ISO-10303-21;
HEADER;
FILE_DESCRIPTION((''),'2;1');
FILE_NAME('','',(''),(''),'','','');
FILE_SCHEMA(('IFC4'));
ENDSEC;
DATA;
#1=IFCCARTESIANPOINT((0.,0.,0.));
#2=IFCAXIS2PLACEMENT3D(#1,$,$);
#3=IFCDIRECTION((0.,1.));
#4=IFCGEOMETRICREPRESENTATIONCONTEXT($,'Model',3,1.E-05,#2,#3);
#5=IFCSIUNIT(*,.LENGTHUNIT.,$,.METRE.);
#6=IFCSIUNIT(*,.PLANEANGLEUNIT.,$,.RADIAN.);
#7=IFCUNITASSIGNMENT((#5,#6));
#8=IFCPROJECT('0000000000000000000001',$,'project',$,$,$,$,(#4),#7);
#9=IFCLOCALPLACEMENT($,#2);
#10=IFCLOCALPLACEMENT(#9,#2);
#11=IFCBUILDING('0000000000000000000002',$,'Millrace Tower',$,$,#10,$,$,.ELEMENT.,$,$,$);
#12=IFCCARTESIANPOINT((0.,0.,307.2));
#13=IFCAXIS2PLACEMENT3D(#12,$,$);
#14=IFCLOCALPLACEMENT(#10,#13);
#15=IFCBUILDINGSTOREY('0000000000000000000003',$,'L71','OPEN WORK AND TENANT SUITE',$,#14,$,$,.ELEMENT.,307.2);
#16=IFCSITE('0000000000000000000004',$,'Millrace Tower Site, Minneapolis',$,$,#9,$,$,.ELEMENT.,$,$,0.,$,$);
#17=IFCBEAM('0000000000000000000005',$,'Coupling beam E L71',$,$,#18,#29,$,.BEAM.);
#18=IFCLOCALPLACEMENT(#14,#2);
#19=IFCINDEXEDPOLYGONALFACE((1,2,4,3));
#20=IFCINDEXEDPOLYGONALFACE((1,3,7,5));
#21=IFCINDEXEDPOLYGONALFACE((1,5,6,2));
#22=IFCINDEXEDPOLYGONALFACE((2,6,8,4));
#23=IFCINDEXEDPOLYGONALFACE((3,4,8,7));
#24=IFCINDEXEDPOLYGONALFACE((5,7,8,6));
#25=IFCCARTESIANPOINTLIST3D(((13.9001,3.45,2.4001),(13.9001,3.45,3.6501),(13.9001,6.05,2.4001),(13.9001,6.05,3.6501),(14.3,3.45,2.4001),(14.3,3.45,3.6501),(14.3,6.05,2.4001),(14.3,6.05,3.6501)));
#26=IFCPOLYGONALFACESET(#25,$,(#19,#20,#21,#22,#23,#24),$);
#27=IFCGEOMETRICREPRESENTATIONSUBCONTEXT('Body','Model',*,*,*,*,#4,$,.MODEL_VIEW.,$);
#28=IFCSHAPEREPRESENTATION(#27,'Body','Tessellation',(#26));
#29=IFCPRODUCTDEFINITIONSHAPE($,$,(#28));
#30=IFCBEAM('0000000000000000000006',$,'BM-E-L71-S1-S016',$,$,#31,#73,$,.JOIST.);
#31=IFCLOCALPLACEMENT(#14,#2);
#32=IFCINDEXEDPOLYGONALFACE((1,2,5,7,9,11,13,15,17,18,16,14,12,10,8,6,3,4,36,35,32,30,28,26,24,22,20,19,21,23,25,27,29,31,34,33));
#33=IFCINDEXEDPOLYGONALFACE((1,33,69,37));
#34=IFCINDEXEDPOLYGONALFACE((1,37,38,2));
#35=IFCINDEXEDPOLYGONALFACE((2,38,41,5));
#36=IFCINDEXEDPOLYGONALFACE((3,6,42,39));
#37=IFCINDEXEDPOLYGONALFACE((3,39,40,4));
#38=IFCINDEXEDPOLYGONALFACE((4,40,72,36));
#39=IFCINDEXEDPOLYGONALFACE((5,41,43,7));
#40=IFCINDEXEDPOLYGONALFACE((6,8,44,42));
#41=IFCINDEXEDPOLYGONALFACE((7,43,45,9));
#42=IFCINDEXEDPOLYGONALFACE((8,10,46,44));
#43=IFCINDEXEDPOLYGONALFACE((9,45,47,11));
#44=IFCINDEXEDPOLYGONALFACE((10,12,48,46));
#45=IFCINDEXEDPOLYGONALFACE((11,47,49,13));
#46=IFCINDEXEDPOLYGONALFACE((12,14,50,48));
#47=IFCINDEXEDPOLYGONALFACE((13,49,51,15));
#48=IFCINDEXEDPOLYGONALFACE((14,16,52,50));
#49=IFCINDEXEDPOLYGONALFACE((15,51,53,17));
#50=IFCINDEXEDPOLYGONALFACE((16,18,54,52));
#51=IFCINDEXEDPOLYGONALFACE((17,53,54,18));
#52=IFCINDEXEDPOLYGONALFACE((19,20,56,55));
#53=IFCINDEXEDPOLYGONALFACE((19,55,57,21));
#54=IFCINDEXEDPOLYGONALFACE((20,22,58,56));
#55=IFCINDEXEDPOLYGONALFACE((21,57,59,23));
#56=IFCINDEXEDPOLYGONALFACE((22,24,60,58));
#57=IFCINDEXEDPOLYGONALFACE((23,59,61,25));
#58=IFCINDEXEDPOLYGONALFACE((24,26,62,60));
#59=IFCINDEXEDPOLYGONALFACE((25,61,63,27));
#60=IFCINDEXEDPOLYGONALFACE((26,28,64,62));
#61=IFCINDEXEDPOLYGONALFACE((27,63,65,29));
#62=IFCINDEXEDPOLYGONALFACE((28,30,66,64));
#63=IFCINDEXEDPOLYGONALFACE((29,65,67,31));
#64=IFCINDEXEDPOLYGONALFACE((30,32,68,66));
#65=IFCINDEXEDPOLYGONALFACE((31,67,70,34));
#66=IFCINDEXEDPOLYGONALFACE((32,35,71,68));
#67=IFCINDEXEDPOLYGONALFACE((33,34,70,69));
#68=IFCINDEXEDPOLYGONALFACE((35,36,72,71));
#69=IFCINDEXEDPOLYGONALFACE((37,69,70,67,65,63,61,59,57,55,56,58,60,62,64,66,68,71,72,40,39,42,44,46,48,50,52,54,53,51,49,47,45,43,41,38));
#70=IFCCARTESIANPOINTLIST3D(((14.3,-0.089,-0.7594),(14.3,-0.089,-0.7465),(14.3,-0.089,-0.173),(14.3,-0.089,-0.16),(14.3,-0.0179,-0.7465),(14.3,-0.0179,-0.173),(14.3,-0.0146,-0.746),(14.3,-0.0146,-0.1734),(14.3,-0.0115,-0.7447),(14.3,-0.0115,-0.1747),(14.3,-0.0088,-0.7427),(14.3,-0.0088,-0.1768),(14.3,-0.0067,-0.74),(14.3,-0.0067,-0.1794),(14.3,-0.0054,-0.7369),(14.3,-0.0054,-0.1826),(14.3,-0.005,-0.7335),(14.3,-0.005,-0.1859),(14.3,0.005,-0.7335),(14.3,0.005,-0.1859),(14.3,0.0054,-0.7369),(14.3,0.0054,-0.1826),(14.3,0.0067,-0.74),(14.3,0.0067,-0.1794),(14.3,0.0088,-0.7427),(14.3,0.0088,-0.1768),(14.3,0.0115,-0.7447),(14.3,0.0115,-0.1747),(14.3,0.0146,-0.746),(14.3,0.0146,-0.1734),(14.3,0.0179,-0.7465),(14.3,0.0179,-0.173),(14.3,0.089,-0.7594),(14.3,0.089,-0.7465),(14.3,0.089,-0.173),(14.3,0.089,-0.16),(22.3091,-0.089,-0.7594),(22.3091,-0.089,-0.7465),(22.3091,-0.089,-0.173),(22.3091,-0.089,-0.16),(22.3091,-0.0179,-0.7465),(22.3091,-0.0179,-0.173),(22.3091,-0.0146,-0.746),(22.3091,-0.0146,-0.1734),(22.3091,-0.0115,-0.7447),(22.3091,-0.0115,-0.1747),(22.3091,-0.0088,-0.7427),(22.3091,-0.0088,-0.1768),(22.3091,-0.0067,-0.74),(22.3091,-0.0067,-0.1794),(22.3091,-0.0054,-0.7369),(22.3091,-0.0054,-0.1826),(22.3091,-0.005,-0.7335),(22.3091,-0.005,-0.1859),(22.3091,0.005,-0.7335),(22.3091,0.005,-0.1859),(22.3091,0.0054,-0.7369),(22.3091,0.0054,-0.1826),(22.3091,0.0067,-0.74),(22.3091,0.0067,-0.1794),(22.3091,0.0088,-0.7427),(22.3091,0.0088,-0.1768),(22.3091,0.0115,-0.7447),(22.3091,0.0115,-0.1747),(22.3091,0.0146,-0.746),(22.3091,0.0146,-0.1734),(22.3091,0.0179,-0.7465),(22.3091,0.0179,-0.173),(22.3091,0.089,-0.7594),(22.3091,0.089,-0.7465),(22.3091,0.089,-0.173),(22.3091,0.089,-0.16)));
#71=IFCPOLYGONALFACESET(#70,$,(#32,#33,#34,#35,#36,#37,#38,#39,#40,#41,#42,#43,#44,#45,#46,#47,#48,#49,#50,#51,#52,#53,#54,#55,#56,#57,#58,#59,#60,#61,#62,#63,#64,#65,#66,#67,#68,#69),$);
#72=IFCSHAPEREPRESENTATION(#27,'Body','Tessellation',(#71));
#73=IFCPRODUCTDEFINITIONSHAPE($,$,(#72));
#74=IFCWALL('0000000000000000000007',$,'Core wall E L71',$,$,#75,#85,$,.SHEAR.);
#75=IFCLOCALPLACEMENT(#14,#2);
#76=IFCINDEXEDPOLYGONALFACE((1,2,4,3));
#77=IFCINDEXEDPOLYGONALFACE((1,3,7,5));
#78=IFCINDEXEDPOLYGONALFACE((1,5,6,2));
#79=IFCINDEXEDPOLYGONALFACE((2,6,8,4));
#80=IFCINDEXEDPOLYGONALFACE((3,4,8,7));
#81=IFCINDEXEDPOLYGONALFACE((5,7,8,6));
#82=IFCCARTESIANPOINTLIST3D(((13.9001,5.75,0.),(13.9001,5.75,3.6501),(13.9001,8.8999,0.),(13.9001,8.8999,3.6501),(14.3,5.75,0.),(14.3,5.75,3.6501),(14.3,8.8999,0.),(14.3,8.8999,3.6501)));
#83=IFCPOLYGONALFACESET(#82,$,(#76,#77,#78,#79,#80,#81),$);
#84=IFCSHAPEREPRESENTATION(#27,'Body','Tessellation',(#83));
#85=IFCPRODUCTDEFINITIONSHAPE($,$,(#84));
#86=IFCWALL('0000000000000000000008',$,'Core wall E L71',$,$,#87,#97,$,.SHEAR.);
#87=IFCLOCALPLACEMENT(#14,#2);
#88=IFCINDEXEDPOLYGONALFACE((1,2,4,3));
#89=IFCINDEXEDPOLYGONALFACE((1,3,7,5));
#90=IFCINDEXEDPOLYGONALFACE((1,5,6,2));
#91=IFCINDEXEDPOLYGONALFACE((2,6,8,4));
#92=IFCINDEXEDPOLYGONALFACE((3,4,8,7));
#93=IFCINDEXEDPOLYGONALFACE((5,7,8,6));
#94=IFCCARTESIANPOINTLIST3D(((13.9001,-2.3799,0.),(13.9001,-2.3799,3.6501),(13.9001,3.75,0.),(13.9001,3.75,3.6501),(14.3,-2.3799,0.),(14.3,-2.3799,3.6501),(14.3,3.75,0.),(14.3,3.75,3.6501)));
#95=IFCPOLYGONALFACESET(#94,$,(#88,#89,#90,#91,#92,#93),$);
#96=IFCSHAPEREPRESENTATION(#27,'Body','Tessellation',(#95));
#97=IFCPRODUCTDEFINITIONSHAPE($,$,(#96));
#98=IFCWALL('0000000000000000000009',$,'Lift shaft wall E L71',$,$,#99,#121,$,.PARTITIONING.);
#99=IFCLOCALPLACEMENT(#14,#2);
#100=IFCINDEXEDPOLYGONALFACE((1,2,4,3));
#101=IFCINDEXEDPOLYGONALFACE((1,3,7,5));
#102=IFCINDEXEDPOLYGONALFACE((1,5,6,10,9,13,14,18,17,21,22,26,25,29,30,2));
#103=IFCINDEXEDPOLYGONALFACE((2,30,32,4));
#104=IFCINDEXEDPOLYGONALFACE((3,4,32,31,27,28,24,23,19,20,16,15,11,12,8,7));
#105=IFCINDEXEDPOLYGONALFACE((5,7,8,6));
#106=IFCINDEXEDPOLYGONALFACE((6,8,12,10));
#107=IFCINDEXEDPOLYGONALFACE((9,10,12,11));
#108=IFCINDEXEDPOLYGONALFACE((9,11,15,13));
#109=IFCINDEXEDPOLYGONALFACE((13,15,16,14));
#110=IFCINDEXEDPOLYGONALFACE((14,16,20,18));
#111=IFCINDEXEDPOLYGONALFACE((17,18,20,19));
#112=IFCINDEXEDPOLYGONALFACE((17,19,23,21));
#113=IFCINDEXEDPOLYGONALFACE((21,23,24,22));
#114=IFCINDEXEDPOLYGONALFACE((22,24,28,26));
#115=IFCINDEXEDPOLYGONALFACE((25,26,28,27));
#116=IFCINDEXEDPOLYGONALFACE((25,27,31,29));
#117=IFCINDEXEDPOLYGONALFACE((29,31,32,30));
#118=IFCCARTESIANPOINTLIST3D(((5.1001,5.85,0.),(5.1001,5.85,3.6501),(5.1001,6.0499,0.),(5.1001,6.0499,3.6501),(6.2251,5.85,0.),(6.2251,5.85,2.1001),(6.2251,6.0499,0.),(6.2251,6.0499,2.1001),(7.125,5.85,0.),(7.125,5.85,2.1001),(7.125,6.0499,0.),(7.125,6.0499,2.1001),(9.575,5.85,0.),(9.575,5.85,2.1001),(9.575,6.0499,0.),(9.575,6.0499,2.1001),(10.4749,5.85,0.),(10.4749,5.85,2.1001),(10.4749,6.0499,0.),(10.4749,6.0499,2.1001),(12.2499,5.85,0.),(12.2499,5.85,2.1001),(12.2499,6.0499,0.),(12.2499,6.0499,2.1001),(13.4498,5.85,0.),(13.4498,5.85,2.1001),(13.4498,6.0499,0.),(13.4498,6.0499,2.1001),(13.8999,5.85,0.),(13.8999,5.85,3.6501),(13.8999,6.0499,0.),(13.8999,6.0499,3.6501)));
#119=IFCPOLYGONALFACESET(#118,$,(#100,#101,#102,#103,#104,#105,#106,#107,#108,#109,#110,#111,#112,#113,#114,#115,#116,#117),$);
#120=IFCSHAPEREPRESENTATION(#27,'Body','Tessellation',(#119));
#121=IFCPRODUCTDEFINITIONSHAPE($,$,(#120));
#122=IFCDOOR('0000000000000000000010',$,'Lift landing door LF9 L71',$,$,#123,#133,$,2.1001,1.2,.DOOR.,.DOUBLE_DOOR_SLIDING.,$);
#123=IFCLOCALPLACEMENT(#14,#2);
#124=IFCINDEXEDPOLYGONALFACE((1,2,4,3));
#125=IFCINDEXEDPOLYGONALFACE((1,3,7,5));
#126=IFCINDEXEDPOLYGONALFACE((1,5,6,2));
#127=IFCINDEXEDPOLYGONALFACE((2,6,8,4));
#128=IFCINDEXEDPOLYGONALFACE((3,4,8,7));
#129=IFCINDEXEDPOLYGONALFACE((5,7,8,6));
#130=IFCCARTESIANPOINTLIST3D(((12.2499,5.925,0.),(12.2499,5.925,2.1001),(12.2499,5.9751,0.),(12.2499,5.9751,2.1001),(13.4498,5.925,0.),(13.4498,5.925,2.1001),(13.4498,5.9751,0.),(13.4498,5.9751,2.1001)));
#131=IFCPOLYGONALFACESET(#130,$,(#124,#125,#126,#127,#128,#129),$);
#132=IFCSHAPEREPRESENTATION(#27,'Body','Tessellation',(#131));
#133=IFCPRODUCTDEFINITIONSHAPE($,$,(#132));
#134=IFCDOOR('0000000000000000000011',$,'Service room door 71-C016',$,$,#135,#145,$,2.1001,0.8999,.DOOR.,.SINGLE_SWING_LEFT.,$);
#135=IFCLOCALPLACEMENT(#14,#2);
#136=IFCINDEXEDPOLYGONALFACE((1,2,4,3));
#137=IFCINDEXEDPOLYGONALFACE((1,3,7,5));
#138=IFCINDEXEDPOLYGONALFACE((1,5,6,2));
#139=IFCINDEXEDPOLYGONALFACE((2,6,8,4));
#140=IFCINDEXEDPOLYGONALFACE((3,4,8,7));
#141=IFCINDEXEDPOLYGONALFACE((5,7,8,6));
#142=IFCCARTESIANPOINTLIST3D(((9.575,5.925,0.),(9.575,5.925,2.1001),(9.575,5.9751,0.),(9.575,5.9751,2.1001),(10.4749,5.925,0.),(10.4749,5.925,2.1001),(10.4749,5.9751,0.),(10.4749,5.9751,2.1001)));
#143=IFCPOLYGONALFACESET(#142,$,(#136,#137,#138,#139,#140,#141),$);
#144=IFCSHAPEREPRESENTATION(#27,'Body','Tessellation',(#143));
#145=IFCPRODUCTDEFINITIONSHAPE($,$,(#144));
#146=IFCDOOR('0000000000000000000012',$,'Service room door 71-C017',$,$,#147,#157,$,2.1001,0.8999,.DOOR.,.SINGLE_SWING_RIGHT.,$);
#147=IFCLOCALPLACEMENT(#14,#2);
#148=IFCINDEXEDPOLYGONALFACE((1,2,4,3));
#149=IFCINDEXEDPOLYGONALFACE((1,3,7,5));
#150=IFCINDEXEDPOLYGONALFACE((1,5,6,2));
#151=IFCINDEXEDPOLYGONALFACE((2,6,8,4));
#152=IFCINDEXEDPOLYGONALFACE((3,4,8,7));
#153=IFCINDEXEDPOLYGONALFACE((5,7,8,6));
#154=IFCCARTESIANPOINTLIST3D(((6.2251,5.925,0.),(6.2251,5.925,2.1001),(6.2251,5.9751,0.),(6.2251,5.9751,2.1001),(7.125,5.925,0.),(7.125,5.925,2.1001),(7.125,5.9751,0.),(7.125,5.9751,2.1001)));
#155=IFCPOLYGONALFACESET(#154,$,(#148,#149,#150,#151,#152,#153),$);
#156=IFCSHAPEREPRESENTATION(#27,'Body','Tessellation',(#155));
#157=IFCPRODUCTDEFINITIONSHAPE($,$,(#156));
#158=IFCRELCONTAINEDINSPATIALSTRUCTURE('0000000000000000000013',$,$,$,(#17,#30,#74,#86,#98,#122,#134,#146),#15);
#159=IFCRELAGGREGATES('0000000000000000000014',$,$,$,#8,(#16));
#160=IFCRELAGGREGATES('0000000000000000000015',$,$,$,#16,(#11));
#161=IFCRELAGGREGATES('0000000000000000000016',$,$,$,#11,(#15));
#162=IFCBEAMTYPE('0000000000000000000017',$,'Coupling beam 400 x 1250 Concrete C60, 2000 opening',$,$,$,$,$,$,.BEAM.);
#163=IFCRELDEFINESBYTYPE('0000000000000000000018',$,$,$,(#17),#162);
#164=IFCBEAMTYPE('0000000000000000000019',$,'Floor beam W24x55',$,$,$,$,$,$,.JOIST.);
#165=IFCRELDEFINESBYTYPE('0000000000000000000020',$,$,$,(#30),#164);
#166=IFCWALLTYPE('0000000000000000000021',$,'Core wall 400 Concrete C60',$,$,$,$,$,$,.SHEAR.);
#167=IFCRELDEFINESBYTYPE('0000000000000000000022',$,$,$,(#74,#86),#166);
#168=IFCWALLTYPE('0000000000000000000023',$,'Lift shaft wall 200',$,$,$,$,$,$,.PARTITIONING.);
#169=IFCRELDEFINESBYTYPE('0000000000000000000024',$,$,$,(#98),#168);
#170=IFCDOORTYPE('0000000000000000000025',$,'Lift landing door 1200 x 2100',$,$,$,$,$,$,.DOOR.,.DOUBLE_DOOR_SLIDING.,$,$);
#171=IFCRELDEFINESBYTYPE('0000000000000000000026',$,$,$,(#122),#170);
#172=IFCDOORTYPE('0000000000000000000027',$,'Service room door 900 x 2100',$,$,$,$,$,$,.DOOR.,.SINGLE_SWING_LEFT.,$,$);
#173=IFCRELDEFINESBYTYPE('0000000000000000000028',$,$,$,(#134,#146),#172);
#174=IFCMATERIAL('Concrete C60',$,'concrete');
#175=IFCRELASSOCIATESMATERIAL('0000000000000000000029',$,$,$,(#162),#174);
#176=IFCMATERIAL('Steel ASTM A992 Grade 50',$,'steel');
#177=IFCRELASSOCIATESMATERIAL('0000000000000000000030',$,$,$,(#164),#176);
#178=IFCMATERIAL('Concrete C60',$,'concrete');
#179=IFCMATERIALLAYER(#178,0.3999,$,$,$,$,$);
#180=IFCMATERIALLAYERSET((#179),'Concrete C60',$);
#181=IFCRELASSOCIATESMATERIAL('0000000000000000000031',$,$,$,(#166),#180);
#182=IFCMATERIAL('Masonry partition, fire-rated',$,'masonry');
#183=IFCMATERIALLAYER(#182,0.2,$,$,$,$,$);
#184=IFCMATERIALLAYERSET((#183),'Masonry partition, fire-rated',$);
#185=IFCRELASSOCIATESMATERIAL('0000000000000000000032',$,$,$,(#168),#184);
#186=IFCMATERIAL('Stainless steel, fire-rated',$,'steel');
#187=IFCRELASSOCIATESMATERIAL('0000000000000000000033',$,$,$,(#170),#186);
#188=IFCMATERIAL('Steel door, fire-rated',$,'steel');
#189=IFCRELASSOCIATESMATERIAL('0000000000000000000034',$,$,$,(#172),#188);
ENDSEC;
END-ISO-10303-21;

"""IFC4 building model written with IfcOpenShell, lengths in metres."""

from ifc_helpers import new_model, si_unit, direction, frame, frame_2d, origin, origin_2d, place, context, subcontext, project, spatial, rectangle, i_section, extrude, material, layer, layer_set, material_profile, profile_set, type_object, element, fill, save


model = new_model("IFC4")

# Units and contexts
model_context = context("Model", 3, precision=1e-05, world=origin(), true_north=direction((0.0, 1.0)))
body_context = subcontext(model_context, "Body", "Model", "MODEL_VIEW")
ifc_project = project(units=[si_unit("LENGTHUNIT", "METRE"), si_unit("PLANEANGLEUNIT", "RADIAN")], contexts=[model_context])

# Site, building, storey
site_placement = place(None, origin())
site = spatial("IfcSite", under=ifc_project, at=site_placement, Name="Millrace Tower Site, Minneapolis", CompositionType="ELEMENT", RefElevation=0.0)
building_placement = place(site_placement, origin())
building = spatial("IfcBuilding", under=site, at=building_placement, Name="Millrace Tower", CompositionType="ELEMENT")
storey_placement = place(building_placement, frame((0.0, 0.0, 307.2)))
storey = spatial("IfcBuildingStorey", under=building, at=storey_placement, Name="L71", Description="OPEN WORK AND TENANT SUITE", CompositionType="ELEMENT", Elevation=307.2)

# Beams
ifc_material_1 = material(Name="Concrete C60", Category="concrete")
ifc_material_profile_1 = material_profile(ifc_material_1, rectangle(XDim=0.3999, YDim=1.25, at=origin_2d()))
ifc_profile_set_1 = profile_set([ifc_material_profile_1], Name="Concrete C60")
beam_type_1 = type_object("IfcBeamType", Name="Coupling beam 400 x 1250 Concrete C60, 2000 opening", PredefinedType="BEAM", material=ifc_profile_set_1)
beam_1_placement = place(storey_placement, frame((14.1001, 6.05, 3.0251), z_axis=(0.0, -1.0, 0.0), x_axis=(1.0, 0.0, 0.0)))
element("IfcBeam", 1, at=beam_1_placement, inside=storey, type_object=beam_type_1, Name="Coupling beam E L71", PredefinedType="BEAM", context=body_context, shape_type="SweptSolid", body=[
    extrude(rectangle(XDim=0.3999, YDim=1.25, at=origin_2d()), origin(), (0.0, 0.0, 1.0), 2.6001),
])
ifc_material_2 = material(Name="Steel ASTM A992 Grade 50", Category="steel")
ifc_material_profile_2 = material_profile(ifc_material_2, i_section(OverallWidth=0.178, OverallDepth=0.5994, WebThickness=0.01, FlangeThickness=0.0129, FilletRadius=0.0129, at=origin_2d()))
ifc_profile_set_2 = profile_set([ifc_material_profile_2], Name="Steel ASTM A992 Grade 50")
beam_type_2 = type_object("IfcBeamType", Name="Floor beam W24x55", PredefinedType="JOIST", material=ifc_profile_set_2)
beam_2_placement = place(storey_placement, frame((14.3, 0.0, -0.4597), z_axis=(1.0, 0.0, 0.0), x_axis=(0.0, 1.0, 0.0)))
element("IfcBeam", 2, at=beam_2_placement, inside=storey, type_object=beam_type_2, Name="BM-E-L71-S1-S016", PredefinedType="JOIST", context=body_context, shape_type="SweptSolid", body=[
    extrude(i_section(OverallWidth=0.178, OverallDepth=0.5994, WebThickness=0.01, FlangeThickness=0.0129, FilletRadius=0.0129, at=origin_2d()), origin(), (0.0, 0.0, 1.0), 8.009),
])

# Walls
ifc_material_3 = material(Name="Concrete C60", Category="concrete")
ifc_layer_1 = layer(ifc_material_3, 0.3999)
ifc_layer_set_1 = layer_set([ifc_layer_1], Name="Concrete C60")
wall_type_1 = type_object("IfcWallType", Name="Core wall 400 Concrete C60", PredefinedType="SHEAR", material=ifc_layer_set_1)
wall_1_placement = place(storey_placement, frame((14.1001, 8.8999, 0.0), z_axis=(0.0, 0.0, 1.0), x_axis=(0.0, -1.0, 0.0)))
element("IfcWall", 3, at=wall_1_placement, inside=storey, type_object=wall_type_1, Name="Core wall E L71", PredefinedType="SHEAR", context=body_context, shape_type="SweptSolid", body=[
    extrude(rectangle(XDim=3.1499, YDim=0.3999, at=frame_2d((1.575, 0.0))), origin(), (0.0, 0.0, 1.0), 3.6501),
])
wall_2_placement = place(storey_placement, frame((14.1001, 3.75, 0.0), z_axis=(0.0, 0.0, 1.0), x_axis=(0.0, -1.0, 0.0)))
element("IfcWall", 4, at=wall_2_placement, inside=storey, type_object=wall_type_1, Name="Core wall E L71", PredefinedType="SHEAR", context=body_context, shape_type="SweptSolid", body=[
    extrude(rectangle(XDim=6.1299, YDim=0.3999, at=frame_2d((3.0649, 0.0))), origin(), (0.0, 0.0, 1.0), 3.6501),
])

# Wall, openings, doors
ifc_material_4 = material(Name="Masonry partition, fire-rated", Category="masonry")
ifc_layer_2 = layer(ifc_material_4, 0.2)
ifc_layer_set_2 = layer_set([ifc_layer_2], Name="Masonry partition, fire-rated")
wall_type_2 = type_object("IfcWallType", Name="Lift shaft wall 200", PredefinedType="PARTITIONING", material=ifc_layer_set_2)
wall_3_placement = place(storey_placement, frame((13.8999, 5.95, 0.0), z_axis=(0.0, 0.0, 1.0), x_axis=(-1.0, 0.0, 0.0)))
wall_3 = element("IfcWall", 5, at=wall_3_placement, inside=storey, type_object=wall_type_2, Name="Lift shaft wall E L71", PredefinedType="PARTITIONING", context=body_context, shape_type="SweptSolid", body=[
    extrude(rectangle(XDim=8.7998, YDim=0.2, at=frame_2d((4.3999, 0.0))), origin(), (0.0, 0.0, 1.0), 3.6501),
])
opening_1_placement = place(wall_3_placement, frame((0.45, 0.0, 0.0)))
opening_1 = element("IfcOpeningElement", 6, at=opening_1_placement, cuts=wall_3, PredefinedType="OPENING", context=body_context, shape_type="SweptSolid", body=[
    extrude(rectangle(XDim=1.2, YDim=2.1001, at=frame_2d((0.6001, 1.05))), frame((0.0, 0.1099, 0.0), z_axis=(0.0, -1.0, 0.0), x_axis=(1.0, 0.0, 0.0)), (0.0, 0.0, 1.0), 0.22),
])
opening_2_placement = place(wall_3_placement, frame((3.425, 0.0, 0.0)))
opening_2 = element("IfcOpeningElement", 7, at=opening_2_placement, cuts=wall_3, PredefinedType="OPENING", context=body_context, shape_type="SweptSolid", body=[
    extrude(rectangle(XDim=0.8999, YDim=2.1001, at=frame_2d((0.45, 1.05))), frame((0.0, 0.1099, 0.0), z_axis=(0.0, -1.0, 0.0), x_axis=(1.0, 0.0, 0.0)), (0.0, 0.0, 1.0), 0.22),
])
opening_3_placement = place(wall_3_placement, frame((6.7749, 0.0, 0.0)))
opening_3 = element("IfcOpeningElement", 8, at=opening_3_placement, cuts=wall_3, PredefinedType="OPENING", context=body_context, shape_type="SweptSolid", body=[
    extrude(rectangle(XDim=0.8999, YDim=2.1001, at=frame_2d((0.45, 1.05))), frame((0.0, 0.1099, 0.0), z_axis=(0.0, -1.0, 0.0), x_axis=(1.0, 0.0, 0.0)), (0.0, 0.0, 1.0), 0.22),
])
ifc_material_5 = material(Name="Stainless steel, fire-rated", Category="steel")
door_type_1 = type_object("IfcDoorType", Name="Lift landing door 1200 x 2100", OperationType="DOUBLE_DOOR_SLIDING", PredefinedType="DOOR", material=ifc_material_5)
door_1_placement = place(opening_1_placement, origin())
door_1 = element("IfcDoor", 9, at=door_1_placement, inside=storey, type_object=door_type_1, Name="Lift landing door LF9 L71", OperationType="DOUBLE_DOOR_SLIDING", OverallHeight=2.1001, OverallWidth=1.2, PredefinedType="DOOR", context=body_context, shape_type="SweptSolid", body=[
    extrude(rectangle(XDim=1.2, YDim=2.1001, at=frame_2d((0.6001, 1.05))), frame((0.0, 0.0249, 0.0), z_axis=(0.0, -1.0, 0.0), x_axis=(1.0, 0.0, 0.0)), (0.0, 0.0, 1.0), 0.05),
])
fill(opening_1, door_1)
ifc_material_6 = material(Name="Steel door, fire-rated", Category="steel")
door_type_2 = type_object("IfcDoorType", Name="Service room door 900 x 2100", OperationType="SINGLE_SWING_LEFT", PredefinedType="DOOR", material=ifc_material_6)
door_2_placement = place(opening_2_placement, origin())
door_2 = element("IfcDoor", 10, at=door_2_placement, inside=storey, type_object=door_type_2, Name="Service room door 71-C016", OperationType="SINGLE_SWING_LEFT", OverallHeight=2.1001, OverallWidth=0.8999, PredefinedType="DOOR", context=body_context, shape_type="SweptSolid", body=[
    extrude(rectangle(XDim=0.8999, YDim=2.1001, at=frame_2d((0.45, 1.05))), frame((0.0, 0.0249, 0.0), z_axis=(0.0, -1.0, 0.0), x_axis=(1.0, 0.0, 0.0)), (0.0, 0.0, 1.0), 0.05),
])
fill(opening_2, door_2)
door_3_placement = place(opening_3_placement, origin())
door_3 = element("IfcDoor", 11, at=door_3_placement, inside=storey, type_object=door_type_2, Name="Service room door 71-C017", OperationType="SINGLE_SWING_RIGHT", OverallHeight=2.1001, OverallWidth=0.8999, PredefinedType="DOOR", context=body_context, shape_type="SweptSolid", body=[
    extrude(rectangle(XDim=0.8999, YDim=2.1001, at=frame_2d((0.45, 1.05))), frame((0.0, 0.0249, 0.0), z_axis=(0.0, -1.0, 0.0), x_axis=(1.0, 0.0, 0.0)), (0.0, 0.0, 1.0), 0.05),
])
fill(opening_3, door_3)

save(model, "model.ifc")
